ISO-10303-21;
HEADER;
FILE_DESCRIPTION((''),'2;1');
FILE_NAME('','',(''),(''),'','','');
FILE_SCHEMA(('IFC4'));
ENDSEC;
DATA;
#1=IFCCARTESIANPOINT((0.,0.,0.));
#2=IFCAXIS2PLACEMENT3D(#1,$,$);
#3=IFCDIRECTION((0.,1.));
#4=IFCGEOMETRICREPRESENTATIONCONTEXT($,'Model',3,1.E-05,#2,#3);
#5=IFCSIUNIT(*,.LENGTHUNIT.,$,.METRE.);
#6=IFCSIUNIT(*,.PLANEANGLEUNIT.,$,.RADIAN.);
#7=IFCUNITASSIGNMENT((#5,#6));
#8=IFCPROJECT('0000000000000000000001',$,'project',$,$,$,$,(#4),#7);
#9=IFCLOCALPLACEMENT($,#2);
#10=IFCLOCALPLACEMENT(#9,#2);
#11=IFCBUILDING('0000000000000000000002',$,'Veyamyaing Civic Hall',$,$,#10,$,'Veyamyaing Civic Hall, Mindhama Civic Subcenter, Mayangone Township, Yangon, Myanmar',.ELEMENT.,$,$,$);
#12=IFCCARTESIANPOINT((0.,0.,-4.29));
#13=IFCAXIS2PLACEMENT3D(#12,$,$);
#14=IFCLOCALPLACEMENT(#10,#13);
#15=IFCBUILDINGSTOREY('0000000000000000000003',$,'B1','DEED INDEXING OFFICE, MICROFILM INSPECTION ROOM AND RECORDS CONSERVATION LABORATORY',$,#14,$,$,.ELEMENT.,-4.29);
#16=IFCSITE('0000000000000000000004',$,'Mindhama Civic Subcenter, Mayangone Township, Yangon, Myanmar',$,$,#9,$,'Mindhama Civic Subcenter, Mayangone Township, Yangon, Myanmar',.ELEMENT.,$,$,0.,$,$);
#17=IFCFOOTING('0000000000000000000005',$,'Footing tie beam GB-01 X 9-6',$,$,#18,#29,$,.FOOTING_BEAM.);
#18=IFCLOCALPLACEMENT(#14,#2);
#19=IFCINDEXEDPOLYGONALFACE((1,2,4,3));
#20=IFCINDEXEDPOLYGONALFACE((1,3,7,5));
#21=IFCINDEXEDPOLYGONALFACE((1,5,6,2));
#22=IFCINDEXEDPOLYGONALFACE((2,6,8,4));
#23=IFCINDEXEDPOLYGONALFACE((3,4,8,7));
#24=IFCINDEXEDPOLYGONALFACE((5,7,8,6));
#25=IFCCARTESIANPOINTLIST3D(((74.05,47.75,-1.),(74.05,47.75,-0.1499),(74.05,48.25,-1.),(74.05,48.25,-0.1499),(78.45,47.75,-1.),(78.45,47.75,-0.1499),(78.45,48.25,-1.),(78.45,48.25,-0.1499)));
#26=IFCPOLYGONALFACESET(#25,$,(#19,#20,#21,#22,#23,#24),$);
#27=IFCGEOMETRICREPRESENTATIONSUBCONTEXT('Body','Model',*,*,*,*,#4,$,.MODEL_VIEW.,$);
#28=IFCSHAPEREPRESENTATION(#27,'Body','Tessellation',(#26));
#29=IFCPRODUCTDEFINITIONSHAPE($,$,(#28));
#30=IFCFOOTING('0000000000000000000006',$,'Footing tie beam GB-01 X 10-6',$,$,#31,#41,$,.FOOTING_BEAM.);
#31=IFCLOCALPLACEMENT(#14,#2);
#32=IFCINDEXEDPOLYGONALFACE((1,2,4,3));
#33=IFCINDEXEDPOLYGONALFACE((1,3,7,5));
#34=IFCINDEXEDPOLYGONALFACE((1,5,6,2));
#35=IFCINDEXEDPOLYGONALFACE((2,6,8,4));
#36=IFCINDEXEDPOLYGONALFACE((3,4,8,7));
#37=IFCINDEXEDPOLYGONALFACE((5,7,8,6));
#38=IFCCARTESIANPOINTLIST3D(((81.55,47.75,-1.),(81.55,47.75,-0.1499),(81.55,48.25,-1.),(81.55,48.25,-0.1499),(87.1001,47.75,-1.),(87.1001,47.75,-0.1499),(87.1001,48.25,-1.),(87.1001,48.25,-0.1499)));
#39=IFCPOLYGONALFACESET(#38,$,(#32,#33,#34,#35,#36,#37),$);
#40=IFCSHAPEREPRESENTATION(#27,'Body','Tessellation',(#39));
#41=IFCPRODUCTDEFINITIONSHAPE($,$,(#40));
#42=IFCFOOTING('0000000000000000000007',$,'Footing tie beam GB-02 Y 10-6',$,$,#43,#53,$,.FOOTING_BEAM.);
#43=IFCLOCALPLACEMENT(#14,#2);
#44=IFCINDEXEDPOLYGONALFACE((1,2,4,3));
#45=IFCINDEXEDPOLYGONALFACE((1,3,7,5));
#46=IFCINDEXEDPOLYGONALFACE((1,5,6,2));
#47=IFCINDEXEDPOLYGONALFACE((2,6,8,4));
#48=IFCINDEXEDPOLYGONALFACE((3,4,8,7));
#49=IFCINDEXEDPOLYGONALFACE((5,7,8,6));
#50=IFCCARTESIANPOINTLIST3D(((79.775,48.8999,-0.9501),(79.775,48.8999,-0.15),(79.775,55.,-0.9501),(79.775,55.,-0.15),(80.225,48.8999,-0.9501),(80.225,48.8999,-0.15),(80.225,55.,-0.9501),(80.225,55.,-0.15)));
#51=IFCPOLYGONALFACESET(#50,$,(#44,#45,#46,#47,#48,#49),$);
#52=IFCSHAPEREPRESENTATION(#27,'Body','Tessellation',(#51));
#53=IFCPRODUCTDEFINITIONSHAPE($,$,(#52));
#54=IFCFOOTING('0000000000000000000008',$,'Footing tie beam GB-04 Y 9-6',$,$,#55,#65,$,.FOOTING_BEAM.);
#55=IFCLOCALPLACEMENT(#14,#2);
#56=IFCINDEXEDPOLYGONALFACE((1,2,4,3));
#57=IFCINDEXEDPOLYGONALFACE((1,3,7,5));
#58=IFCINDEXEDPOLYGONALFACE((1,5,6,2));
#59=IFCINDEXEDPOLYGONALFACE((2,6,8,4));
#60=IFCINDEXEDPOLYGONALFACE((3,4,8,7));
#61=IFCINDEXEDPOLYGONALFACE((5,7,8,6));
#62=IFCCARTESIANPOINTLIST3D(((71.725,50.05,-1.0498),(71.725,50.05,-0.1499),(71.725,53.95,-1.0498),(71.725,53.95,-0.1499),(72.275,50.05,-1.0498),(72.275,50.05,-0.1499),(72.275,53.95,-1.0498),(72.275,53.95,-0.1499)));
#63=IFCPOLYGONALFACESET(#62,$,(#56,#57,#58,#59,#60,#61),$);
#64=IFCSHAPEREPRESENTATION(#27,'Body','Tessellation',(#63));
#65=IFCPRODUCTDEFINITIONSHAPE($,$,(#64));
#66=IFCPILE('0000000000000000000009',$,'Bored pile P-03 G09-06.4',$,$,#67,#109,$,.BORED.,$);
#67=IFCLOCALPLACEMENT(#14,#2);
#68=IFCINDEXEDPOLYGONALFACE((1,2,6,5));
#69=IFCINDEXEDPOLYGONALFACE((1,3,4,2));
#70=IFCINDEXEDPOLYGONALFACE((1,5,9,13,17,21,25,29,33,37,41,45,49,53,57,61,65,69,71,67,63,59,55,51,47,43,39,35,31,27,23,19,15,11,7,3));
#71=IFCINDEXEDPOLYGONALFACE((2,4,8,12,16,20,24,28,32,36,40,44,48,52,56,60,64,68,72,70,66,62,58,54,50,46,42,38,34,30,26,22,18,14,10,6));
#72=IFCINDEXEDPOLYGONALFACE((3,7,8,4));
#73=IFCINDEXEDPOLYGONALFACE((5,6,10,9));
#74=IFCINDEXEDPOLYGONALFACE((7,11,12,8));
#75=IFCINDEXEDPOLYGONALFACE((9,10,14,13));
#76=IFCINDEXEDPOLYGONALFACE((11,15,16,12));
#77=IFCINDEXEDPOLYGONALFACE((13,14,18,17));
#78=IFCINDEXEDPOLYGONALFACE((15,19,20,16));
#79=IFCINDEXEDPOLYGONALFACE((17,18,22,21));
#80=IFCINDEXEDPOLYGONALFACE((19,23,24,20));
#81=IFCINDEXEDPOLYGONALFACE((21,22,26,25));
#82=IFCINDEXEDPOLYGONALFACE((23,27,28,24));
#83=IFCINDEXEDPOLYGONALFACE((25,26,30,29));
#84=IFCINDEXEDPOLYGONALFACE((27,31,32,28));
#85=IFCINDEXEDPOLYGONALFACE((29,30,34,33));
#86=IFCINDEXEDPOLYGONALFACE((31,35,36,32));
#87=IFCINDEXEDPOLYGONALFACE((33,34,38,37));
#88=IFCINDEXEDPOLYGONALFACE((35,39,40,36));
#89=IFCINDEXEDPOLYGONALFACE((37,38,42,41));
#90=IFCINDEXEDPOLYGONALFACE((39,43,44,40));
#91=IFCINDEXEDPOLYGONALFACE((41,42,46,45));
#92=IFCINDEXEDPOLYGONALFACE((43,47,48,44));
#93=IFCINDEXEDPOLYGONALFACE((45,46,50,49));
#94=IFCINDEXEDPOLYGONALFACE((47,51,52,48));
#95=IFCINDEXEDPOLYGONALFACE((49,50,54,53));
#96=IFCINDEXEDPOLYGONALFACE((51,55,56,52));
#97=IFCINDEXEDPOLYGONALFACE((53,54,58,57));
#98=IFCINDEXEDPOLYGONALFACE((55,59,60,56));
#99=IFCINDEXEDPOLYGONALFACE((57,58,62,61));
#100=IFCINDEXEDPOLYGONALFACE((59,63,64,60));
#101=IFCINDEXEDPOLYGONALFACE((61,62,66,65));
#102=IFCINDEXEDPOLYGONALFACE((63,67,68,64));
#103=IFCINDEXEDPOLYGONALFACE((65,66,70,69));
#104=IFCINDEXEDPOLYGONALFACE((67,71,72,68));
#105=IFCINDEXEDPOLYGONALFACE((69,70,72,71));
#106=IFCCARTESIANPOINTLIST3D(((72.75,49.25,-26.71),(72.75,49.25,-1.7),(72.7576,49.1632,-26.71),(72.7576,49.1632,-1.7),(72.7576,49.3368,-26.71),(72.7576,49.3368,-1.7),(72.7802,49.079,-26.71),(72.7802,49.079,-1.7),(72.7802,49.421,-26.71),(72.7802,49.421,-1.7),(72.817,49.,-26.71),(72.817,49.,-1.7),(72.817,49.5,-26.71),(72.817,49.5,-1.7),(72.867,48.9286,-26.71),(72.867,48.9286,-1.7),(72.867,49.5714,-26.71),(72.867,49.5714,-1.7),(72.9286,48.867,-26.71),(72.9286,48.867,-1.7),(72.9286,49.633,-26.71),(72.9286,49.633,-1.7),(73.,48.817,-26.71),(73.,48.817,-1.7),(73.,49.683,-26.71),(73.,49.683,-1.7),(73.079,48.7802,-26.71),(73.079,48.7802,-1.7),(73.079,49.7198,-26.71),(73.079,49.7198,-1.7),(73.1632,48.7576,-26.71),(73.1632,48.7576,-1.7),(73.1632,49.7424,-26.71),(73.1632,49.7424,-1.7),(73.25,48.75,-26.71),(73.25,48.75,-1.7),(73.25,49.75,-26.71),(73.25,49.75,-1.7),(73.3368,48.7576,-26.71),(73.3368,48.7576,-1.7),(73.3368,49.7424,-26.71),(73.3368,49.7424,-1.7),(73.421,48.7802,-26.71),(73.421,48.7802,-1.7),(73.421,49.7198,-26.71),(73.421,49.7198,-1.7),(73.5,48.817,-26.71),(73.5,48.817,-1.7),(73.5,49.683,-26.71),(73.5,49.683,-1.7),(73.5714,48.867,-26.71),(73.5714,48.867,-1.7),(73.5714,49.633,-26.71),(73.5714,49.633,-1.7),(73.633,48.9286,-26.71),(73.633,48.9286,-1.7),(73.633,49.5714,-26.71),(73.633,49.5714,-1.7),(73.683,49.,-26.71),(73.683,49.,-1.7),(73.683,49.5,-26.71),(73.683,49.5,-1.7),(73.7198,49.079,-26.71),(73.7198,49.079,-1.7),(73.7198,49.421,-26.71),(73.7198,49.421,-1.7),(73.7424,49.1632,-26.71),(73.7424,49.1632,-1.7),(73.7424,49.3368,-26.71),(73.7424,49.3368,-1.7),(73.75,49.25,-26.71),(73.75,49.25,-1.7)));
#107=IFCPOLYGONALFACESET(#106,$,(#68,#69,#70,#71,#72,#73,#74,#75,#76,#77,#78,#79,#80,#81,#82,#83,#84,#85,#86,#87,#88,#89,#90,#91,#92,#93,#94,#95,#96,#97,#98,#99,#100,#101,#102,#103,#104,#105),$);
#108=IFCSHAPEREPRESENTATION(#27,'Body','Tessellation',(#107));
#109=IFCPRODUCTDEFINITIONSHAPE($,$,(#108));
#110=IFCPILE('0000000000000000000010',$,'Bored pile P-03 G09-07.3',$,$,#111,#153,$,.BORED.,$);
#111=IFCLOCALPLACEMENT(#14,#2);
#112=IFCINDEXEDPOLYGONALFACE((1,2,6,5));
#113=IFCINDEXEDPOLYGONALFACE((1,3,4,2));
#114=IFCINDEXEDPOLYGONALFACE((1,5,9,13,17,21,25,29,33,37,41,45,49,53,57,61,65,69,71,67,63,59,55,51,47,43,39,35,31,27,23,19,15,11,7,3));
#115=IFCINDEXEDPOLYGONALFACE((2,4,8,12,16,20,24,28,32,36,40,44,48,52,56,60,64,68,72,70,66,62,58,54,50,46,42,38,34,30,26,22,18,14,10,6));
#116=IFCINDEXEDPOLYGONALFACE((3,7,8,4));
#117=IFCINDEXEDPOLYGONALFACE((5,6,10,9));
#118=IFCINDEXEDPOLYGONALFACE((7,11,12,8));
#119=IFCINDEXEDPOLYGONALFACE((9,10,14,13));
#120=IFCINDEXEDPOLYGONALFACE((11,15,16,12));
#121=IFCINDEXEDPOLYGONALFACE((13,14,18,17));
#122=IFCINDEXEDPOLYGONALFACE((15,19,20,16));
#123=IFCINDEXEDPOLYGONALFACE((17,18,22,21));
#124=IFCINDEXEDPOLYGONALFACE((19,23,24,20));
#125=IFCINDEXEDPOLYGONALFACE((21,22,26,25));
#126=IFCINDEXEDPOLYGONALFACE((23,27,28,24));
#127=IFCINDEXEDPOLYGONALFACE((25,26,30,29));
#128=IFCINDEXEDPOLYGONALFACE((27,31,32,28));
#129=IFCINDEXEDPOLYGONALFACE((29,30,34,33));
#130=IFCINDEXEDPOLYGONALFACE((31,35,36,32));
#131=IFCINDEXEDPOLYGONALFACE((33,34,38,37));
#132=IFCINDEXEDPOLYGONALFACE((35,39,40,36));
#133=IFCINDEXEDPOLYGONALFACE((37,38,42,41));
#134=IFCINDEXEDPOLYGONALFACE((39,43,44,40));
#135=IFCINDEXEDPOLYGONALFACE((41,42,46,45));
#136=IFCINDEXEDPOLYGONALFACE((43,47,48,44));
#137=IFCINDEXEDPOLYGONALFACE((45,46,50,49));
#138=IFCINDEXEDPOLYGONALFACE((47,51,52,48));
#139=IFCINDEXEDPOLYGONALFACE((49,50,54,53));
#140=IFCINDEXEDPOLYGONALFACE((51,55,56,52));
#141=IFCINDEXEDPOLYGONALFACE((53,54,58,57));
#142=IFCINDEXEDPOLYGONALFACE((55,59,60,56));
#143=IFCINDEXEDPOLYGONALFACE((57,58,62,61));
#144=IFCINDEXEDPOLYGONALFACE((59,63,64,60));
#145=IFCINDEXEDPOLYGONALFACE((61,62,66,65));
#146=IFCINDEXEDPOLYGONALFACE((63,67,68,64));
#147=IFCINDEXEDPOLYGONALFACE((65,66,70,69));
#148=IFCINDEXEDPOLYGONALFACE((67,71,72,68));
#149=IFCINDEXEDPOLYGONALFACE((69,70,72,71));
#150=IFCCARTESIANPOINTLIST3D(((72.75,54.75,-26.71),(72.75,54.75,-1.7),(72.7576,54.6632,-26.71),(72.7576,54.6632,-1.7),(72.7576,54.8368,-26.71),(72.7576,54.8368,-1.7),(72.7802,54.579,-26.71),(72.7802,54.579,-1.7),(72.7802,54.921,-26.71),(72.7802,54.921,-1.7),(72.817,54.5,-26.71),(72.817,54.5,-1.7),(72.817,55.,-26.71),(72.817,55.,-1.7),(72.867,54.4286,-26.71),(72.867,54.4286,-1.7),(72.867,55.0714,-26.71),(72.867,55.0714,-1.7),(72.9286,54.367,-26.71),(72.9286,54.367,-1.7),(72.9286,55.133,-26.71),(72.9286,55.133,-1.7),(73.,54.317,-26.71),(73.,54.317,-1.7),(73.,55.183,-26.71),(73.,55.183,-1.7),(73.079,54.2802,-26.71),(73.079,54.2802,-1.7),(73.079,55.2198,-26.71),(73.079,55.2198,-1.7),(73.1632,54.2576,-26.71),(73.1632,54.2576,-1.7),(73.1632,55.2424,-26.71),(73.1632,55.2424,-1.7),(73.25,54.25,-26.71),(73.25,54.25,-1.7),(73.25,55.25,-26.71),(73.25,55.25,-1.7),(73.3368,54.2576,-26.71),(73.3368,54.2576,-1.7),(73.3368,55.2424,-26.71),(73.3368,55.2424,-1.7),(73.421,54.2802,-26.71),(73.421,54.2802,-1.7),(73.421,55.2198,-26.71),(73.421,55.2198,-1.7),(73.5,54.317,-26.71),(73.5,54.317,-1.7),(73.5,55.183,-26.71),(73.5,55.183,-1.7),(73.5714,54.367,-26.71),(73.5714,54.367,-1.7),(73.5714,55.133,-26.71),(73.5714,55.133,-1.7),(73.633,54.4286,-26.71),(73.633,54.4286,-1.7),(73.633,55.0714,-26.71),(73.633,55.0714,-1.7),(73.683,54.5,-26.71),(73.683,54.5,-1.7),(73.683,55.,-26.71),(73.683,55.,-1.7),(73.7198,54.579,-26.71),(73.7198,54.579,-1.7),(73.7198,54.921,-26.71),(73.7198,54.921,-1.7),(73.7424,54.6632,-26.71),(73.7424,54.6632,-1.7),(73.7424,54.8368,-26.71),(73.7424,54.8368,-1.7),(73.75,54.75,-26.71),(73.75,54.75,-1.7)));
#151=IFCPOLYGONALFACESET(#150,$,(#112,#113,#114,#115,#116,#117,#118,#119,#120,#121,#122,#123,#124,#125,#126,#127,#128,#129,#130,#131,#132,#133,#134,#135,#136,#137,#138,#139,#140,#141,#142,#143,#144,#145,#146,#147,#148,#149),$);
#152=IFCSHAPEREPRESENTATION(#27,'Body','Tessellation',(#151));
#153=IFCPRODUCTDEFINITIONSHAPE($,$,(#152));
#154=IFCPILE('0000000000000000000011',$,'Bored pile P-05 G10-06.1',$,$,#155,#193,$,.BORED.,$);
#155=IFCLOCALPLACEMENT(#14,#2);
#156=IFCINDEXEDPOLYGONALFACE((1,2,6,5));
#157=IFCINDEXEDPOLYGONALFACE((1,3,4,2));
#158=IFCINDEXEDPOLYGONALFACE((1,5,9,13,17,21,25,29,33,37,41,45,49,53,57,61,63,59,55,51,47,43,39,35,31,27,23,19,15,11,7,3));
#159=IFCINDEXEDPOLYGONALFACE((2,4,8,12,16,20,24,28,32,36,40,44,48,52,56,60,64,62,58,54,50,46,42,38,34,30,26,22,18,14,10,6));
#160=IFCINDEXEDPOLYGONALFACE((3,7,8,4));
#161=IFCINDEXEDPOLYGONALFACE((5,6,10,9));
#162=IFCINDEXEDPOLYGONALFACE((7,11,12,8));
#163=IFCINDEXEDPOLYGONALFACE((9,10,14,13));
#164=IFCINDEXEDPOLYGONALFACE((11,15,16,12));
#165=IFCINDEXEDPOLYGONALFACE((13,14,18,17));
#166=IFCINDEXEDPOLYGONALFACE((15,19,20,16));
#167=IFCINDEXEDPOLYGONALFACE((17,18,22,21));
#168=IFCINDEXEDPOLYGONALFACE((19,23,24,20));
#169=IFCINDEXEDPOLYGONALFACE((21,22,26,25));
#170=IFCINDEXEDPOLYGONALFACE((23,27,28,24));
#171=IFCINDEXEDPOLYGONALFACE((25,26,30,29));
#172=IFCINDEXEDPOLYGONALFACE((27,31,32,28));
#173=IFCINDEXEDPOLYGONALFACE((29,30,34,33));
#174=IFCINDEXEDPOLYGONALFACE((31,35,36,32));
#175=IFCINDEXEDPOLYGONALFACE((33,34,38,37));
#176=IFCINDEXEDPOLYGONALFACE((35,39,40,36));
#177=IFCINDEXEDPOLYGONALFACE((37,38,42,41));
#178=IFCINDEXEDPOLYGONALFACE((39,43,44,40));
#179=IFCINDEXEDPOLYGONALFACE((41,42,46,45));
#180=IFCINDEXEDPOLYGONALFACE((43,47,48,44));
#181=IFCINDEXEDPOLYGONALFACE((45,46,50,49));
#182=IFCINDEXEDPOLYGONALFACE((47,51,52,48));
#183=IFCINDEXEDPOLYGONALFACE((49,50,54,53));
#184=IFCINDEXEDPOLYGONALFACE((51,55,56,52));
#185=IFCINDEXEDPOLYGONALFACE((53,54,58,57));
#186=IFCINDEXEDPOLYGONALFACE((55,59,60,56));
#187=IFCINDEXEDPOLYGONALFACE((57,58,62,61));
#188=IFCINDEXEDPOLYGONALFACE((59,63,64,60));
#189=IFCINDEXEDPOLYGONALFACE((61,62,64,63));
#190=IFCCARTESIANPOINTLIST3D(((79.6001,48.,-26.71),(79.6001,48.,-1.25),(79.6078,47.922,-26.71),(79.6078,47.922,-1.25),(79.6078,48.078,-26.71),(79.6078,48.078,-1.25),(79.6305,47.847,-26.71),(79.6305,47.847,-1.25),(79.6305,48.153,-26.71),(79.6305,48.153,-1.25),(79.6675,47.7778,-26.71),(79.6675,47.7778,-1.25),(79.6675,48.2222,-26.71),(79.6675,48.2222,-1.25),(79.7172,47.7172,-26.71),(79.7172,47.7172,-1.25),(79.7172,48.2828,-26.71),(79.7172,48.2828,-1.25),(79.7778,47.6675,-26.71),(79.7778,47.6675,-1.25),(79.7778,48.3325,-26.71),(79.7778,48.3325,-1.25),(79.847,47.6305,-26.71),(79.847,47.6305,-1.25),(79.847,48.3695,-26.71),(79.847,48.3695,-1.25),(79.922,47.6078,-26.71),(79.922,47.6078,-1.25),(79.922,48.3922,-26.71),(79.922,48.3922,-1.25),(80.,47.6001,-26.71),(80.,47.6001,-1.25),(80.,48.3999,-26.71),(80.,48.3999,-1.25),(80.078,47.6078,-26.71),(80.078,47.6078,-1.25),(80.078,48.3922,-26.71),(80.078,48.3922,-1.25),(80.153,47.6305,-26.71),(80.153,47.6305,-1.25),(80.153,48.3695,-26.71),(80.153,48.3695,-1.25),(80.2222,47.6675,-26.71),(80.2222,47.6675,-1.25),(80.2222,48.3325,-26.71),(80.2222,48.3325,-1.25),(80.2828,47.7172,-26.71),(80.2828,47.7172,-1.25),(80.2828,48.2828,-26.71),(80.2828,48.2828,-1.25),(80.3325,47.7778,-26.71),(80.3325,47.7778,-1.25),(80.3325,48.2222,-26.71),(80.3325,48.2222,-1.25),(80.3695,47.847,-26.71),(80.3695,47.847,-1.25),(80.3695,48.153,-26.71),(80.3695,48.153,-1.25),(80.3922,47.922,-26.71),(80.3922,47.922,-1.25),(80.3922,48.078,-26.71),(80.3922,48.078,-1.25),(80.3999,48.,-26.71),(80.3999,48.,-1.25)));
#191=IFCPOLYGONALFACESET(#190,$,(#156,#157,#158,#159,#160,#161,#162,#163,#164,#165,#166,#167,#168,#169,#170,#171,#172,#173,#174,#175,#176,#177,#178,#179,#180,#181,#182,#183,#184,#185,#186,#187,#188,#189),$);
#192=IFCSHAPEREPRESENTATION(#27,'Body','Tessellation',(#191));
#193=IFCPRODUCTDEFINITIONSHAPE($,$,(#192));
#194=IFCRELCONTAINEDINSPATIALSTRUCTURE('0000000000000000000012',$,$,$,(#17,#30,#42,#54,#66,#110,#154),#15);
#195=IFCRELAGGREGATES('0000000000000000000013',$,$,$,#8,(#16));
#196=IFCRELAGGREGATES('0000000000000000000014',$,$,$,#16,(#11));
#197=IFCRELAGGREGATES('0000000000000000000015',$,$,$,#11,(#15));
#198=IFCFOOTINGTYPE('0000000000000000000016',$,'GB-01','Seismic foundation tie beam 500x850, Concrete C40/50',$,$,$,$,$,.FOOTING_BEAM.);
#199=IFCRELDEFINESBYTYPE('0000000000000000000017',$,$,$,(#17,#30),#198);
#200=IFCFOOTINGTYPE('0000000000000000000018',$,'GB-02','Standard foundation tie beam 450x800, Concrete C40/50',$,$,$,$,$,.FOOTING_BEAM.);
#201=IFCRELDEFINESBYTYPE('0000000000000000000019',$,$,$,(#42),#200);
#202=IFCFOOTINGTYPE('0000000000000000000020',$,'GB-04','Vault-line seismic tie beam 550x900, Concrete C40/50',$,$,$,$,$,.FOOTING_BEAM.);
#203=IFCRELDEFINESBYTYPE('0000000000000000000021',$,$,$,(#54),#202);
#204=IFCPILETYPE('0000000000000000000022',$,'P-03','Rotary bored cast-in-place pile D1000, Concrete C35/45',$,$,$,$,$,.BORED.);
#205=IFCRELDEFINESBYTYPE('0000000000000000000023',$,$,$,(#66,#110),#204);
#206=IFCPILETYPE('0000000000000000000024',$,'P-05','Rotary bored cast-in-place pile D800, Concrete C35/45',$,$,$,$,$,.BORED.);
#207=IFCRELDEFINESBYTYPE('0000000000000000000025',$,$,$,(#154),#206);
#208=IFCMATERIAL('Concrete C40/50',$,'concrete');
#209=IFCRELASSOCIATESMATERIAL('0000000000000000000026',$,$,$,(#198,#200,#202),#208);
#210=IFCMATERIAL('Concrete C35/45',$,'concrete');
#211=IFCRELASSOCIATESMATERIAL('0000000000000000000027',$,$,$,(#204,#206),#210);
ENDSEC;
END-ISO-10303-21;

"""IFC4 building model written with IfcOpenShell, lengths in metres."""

from ifc_helpers import new_model, si_unit, direction, frame, origin, origin_2d, place, context, subcontext, project, spatial, rectangle, circle, extrude, material, material_profile, profile_set, type_object, element, save


model = new_model("IFC4")

# Units and contexts
model_context = context("Model", 3, precision=1e-05, world=origin(), true_north=direction((0.0, 1.0)))
body_context = subcontext(model_context, "Body", "Model", "MODEL_VIEW")
ifc_project = project(units=[si_unit("LENGTHUNIT", "METRE"), si_unit("PLANEANGLEUNIT", "RADIAN")], contexts=[model_context])

# Site, building, storey
site_placement = place(None, origin())
site = spatial("IfcSite", under=ifc_project, at=site_placement, Name="Mindhama Civic Subcenter, Mayangone Township, Yangon, Myanmar", LongName="Mindhama Civic Subcenter, Mayangone Township, Yangon, Myanmar", CompositionType="ELEMENT", RefElevation=0.0)
building_placement = place(site_placement, origin())
building = spatial("IfcBuilding", under=site, at=building_placement, Name="Veyamyaing Civic Hall", LongName="Veyamyaing Civic Hall, Mindhama Civic Subcenter, Mayangone Township, Yangon, Myanmar", CompositionType="ELEMENT")
storey_placement = place(building_placement, frame((0.0, 0.0, -4.29)))
storey = spatial("IfcBuildingStorey", under=building, at=storey_placement, Name="B1", Description="DEED INDEXING OFFICE, MICROFILM INSPECTION ROOM AND RECORDS CONSERVATION LABORATORY", CompositionType="ELEMENT", Elevation=-4.29)

# Footings
ifc_material_1 = material(Name="Concrete C40/50", Category="concrete")
ifc_material_profile_1 = material_profile(ifc_material_1, rectangle(XDim=0.5, YDim=0.8501, at=origin_2d()), Name="GB-500X850")
ifc_profile_set_1 = profile_set([ifc_material_profile_1], Name="Concrete C40/50")
footing_type_1 = type_object("IfcFootingType", Name="GB-01", Description="Seismic foundation tie beam 500x850, Concrete C40/50", PredefinedType="FOOTING_BEAM", material=ifc_profile_set_1)
footing_1_placement = place(storey_placement, frame((74.05, 48.0, -0.575), z_axis=(1.0, 0.0, 0.0), x_axis=(0.0, 1.0, 0.0)))
element("IfcFooting", 1, at=footing_1_placement, inside=storey, type_object=footing_type_1, Name="Footing tie beam GB-01 X 9-6", PredefinedType="FOOTING_BEAM", context=body_context, shape_type="SweptSolid", body=[
    extrude(rectangle(XDim=0.5, YDim=0.8501, at=origin_2d()), origin(), (0.0, 0.0, 1.0), 4.3999),
])
footing_2_placement = place(storey_placement, frame((81.55, 48.0, -0.575), z_axis=(1.0, 0.0, 0.0), x_axis=(0.0, 1.0, 0.0)))
element("IfcFooting", 2, at=footing_2_placement, inside=storey, type_object=footing_type_1, Name="Footing tie beam GB-01 X 10-6", PredefinedType="FOOTING_BEAM", context=body_context, shape_type="SweptSolid", body=[
    extrude(rectangle(XDim=0.5, YDim=0.8501, at=origin_2d()), origin(), (0.0, 0.0, 1.0), 5.55),
])
ifc_material_profile_2 = material_profile(ifc_material_1, rectangle(XDim=0.45, YDim=0.8, at=origin_2d()), Name="GB-450X800")
ifc_profile_set_2 = profile_set([ifc_material_profile_2], Name="Concrete C40/50")
footing_type_2 = type_object("IfcFootingType", Name="GB-02", Description="Standard foundation tie beam 450x800, Concrete C40/50", PredefinedType="FOOTING_BEAM", material=ifc_profile_set_2)
footing_3_placement = place(storey_placement, frame((80.0, 48.8999, -0.55), z_axis=(0.0, 1.0, 0.0), x_axis=(-1.0, 0.0, 0.0)))
element("IfcFooting", 3, at=footing_3_placement, inside=storey, type_object=footing_type_2, Name="Footing tie beam GB-02 Y 10-6", PredefinedType="FOOTING_BEAM", context=body_context, shape_type="SweptSolid", body=[
    extrude(rectangle(XDim=0.45, YDim=0.8, at=origin_2d()), origin(), (0.0, 0.0, 1.0), 6.1001),
])
ifc_material_profile_3 = material_profile(ifc_material_1, rectangle(XDim=0.55, YDim=0.8999, at=origin_2d()), Name="GB-550X900")
ifc_profile_set_3 = profile_set([ifc_material_profile_3], Name="Concrete C40/50")
footing_type_3 = type_object("IfcFootingType", Name="GB-04", Description="Vault-line seismic tie beam 550x900, Concrete C40/50", PredefinedType="FOOTING_BEAM", material=ifc_profile_set_3)
footing_4_placement = place(storey_placement, frame((72.0, 50.05, -0.5999), z_axis=(0.0, 1.0, 0.0), x_axis=(-1.0, 0.0, 0.0)))
element("IfcFooting", 4, at=footing_4_placement, inside=storey, type_object=footing_type_3, Name="Footing tie beam GB-04 Y 9-6", PredefinedType="FOOTING_BEAM", context=body_context, shape_type="SweptSolid", body=[
    extrude(rectangle(XDim=0.55, YDim=0.8999, at=origin_2d()), origin(), (0.0, 0.0, 1.0), 3.8999),
])

# Piles
ifc_material_2 = material(Name="Concrete C35/45", Category="concrete")
ifc_material_profile_4 = material_profile(ifc_material_2, circle(Radius=0.5, at=origin_2d()), Name="PILE-D1000")
ifc_profile_set_4 = profile_set([ifc_material_profile_4], Name="Concrete C35/45")
pile_type_1 = type_object("IfcPileType", Name="P-03", Description="Rotary bored cast-in-place pile D1000, Concrete C35/45", PredefinedType="BORED", material=ifc_profile_set_4)
for number, where, z_axis, x_axis, name in (
    (5, (73.25, 49.25, -1.7), (0.0, 0.0, -1.0), (1.0, 0.0, 0.0), "Bored pile P-03 G09-06.4"),
    (6, (73.25, 54.75, -1.7), (0.0, 0.0, -1.0), (1.0, 0.0, 0.0), "Bored pile P-03 G09-07.3"),
):
    element("IfcPile", number, at=place(storey_placement, frame(where, z_axis=z_axis, x_axis=x_axis)), inside=storey, type_object=pile_type_1, Name=name, PredefinedType="BORED", context=body_context, shape_type="SweptSolid", body=[
        extrude(circle(Radius=0.5, at=origin_2d()), origin(), (0.0, 0.0, 1.0), 25.01),
    ])
ifc_material_profile_5 = material_profile(ifc_material_2, circle(Radius=0.3999, at=origin_2d()), Name="PILE-D800")
ifc_profile_set_5 = profile_set([ifc_material_profile_5], Name="Concrete C35/45")
pile_type_2 = type_object("IfcPileType", Name="P-05", Description="Rotary bored cast-in-place pile D800, Concrete C35/45", PredefinedType="BORED", material=ifc_profile_set_5)
pile_placement = place(storey_placement, frame((80.0, 48.0, -1.25), z_axis=(0.0, 0.0, -1.0), x_axis=(1.0, 0.0, 0.0)))
element("IfcPile", 7, at=pile_placement, inside=storey, type_object=pile_type_2, Name="Bored pile P-05 G10-06.1", PredefinedType="BORED", context=body_context, shape_type="SweptSolid", body=[
    extrude(circle(Radius=0.3999, at=origin_2d()), origin(), (0.0, 0.0, 1.0), 25.46),
])

save(model, "model.ifc")
